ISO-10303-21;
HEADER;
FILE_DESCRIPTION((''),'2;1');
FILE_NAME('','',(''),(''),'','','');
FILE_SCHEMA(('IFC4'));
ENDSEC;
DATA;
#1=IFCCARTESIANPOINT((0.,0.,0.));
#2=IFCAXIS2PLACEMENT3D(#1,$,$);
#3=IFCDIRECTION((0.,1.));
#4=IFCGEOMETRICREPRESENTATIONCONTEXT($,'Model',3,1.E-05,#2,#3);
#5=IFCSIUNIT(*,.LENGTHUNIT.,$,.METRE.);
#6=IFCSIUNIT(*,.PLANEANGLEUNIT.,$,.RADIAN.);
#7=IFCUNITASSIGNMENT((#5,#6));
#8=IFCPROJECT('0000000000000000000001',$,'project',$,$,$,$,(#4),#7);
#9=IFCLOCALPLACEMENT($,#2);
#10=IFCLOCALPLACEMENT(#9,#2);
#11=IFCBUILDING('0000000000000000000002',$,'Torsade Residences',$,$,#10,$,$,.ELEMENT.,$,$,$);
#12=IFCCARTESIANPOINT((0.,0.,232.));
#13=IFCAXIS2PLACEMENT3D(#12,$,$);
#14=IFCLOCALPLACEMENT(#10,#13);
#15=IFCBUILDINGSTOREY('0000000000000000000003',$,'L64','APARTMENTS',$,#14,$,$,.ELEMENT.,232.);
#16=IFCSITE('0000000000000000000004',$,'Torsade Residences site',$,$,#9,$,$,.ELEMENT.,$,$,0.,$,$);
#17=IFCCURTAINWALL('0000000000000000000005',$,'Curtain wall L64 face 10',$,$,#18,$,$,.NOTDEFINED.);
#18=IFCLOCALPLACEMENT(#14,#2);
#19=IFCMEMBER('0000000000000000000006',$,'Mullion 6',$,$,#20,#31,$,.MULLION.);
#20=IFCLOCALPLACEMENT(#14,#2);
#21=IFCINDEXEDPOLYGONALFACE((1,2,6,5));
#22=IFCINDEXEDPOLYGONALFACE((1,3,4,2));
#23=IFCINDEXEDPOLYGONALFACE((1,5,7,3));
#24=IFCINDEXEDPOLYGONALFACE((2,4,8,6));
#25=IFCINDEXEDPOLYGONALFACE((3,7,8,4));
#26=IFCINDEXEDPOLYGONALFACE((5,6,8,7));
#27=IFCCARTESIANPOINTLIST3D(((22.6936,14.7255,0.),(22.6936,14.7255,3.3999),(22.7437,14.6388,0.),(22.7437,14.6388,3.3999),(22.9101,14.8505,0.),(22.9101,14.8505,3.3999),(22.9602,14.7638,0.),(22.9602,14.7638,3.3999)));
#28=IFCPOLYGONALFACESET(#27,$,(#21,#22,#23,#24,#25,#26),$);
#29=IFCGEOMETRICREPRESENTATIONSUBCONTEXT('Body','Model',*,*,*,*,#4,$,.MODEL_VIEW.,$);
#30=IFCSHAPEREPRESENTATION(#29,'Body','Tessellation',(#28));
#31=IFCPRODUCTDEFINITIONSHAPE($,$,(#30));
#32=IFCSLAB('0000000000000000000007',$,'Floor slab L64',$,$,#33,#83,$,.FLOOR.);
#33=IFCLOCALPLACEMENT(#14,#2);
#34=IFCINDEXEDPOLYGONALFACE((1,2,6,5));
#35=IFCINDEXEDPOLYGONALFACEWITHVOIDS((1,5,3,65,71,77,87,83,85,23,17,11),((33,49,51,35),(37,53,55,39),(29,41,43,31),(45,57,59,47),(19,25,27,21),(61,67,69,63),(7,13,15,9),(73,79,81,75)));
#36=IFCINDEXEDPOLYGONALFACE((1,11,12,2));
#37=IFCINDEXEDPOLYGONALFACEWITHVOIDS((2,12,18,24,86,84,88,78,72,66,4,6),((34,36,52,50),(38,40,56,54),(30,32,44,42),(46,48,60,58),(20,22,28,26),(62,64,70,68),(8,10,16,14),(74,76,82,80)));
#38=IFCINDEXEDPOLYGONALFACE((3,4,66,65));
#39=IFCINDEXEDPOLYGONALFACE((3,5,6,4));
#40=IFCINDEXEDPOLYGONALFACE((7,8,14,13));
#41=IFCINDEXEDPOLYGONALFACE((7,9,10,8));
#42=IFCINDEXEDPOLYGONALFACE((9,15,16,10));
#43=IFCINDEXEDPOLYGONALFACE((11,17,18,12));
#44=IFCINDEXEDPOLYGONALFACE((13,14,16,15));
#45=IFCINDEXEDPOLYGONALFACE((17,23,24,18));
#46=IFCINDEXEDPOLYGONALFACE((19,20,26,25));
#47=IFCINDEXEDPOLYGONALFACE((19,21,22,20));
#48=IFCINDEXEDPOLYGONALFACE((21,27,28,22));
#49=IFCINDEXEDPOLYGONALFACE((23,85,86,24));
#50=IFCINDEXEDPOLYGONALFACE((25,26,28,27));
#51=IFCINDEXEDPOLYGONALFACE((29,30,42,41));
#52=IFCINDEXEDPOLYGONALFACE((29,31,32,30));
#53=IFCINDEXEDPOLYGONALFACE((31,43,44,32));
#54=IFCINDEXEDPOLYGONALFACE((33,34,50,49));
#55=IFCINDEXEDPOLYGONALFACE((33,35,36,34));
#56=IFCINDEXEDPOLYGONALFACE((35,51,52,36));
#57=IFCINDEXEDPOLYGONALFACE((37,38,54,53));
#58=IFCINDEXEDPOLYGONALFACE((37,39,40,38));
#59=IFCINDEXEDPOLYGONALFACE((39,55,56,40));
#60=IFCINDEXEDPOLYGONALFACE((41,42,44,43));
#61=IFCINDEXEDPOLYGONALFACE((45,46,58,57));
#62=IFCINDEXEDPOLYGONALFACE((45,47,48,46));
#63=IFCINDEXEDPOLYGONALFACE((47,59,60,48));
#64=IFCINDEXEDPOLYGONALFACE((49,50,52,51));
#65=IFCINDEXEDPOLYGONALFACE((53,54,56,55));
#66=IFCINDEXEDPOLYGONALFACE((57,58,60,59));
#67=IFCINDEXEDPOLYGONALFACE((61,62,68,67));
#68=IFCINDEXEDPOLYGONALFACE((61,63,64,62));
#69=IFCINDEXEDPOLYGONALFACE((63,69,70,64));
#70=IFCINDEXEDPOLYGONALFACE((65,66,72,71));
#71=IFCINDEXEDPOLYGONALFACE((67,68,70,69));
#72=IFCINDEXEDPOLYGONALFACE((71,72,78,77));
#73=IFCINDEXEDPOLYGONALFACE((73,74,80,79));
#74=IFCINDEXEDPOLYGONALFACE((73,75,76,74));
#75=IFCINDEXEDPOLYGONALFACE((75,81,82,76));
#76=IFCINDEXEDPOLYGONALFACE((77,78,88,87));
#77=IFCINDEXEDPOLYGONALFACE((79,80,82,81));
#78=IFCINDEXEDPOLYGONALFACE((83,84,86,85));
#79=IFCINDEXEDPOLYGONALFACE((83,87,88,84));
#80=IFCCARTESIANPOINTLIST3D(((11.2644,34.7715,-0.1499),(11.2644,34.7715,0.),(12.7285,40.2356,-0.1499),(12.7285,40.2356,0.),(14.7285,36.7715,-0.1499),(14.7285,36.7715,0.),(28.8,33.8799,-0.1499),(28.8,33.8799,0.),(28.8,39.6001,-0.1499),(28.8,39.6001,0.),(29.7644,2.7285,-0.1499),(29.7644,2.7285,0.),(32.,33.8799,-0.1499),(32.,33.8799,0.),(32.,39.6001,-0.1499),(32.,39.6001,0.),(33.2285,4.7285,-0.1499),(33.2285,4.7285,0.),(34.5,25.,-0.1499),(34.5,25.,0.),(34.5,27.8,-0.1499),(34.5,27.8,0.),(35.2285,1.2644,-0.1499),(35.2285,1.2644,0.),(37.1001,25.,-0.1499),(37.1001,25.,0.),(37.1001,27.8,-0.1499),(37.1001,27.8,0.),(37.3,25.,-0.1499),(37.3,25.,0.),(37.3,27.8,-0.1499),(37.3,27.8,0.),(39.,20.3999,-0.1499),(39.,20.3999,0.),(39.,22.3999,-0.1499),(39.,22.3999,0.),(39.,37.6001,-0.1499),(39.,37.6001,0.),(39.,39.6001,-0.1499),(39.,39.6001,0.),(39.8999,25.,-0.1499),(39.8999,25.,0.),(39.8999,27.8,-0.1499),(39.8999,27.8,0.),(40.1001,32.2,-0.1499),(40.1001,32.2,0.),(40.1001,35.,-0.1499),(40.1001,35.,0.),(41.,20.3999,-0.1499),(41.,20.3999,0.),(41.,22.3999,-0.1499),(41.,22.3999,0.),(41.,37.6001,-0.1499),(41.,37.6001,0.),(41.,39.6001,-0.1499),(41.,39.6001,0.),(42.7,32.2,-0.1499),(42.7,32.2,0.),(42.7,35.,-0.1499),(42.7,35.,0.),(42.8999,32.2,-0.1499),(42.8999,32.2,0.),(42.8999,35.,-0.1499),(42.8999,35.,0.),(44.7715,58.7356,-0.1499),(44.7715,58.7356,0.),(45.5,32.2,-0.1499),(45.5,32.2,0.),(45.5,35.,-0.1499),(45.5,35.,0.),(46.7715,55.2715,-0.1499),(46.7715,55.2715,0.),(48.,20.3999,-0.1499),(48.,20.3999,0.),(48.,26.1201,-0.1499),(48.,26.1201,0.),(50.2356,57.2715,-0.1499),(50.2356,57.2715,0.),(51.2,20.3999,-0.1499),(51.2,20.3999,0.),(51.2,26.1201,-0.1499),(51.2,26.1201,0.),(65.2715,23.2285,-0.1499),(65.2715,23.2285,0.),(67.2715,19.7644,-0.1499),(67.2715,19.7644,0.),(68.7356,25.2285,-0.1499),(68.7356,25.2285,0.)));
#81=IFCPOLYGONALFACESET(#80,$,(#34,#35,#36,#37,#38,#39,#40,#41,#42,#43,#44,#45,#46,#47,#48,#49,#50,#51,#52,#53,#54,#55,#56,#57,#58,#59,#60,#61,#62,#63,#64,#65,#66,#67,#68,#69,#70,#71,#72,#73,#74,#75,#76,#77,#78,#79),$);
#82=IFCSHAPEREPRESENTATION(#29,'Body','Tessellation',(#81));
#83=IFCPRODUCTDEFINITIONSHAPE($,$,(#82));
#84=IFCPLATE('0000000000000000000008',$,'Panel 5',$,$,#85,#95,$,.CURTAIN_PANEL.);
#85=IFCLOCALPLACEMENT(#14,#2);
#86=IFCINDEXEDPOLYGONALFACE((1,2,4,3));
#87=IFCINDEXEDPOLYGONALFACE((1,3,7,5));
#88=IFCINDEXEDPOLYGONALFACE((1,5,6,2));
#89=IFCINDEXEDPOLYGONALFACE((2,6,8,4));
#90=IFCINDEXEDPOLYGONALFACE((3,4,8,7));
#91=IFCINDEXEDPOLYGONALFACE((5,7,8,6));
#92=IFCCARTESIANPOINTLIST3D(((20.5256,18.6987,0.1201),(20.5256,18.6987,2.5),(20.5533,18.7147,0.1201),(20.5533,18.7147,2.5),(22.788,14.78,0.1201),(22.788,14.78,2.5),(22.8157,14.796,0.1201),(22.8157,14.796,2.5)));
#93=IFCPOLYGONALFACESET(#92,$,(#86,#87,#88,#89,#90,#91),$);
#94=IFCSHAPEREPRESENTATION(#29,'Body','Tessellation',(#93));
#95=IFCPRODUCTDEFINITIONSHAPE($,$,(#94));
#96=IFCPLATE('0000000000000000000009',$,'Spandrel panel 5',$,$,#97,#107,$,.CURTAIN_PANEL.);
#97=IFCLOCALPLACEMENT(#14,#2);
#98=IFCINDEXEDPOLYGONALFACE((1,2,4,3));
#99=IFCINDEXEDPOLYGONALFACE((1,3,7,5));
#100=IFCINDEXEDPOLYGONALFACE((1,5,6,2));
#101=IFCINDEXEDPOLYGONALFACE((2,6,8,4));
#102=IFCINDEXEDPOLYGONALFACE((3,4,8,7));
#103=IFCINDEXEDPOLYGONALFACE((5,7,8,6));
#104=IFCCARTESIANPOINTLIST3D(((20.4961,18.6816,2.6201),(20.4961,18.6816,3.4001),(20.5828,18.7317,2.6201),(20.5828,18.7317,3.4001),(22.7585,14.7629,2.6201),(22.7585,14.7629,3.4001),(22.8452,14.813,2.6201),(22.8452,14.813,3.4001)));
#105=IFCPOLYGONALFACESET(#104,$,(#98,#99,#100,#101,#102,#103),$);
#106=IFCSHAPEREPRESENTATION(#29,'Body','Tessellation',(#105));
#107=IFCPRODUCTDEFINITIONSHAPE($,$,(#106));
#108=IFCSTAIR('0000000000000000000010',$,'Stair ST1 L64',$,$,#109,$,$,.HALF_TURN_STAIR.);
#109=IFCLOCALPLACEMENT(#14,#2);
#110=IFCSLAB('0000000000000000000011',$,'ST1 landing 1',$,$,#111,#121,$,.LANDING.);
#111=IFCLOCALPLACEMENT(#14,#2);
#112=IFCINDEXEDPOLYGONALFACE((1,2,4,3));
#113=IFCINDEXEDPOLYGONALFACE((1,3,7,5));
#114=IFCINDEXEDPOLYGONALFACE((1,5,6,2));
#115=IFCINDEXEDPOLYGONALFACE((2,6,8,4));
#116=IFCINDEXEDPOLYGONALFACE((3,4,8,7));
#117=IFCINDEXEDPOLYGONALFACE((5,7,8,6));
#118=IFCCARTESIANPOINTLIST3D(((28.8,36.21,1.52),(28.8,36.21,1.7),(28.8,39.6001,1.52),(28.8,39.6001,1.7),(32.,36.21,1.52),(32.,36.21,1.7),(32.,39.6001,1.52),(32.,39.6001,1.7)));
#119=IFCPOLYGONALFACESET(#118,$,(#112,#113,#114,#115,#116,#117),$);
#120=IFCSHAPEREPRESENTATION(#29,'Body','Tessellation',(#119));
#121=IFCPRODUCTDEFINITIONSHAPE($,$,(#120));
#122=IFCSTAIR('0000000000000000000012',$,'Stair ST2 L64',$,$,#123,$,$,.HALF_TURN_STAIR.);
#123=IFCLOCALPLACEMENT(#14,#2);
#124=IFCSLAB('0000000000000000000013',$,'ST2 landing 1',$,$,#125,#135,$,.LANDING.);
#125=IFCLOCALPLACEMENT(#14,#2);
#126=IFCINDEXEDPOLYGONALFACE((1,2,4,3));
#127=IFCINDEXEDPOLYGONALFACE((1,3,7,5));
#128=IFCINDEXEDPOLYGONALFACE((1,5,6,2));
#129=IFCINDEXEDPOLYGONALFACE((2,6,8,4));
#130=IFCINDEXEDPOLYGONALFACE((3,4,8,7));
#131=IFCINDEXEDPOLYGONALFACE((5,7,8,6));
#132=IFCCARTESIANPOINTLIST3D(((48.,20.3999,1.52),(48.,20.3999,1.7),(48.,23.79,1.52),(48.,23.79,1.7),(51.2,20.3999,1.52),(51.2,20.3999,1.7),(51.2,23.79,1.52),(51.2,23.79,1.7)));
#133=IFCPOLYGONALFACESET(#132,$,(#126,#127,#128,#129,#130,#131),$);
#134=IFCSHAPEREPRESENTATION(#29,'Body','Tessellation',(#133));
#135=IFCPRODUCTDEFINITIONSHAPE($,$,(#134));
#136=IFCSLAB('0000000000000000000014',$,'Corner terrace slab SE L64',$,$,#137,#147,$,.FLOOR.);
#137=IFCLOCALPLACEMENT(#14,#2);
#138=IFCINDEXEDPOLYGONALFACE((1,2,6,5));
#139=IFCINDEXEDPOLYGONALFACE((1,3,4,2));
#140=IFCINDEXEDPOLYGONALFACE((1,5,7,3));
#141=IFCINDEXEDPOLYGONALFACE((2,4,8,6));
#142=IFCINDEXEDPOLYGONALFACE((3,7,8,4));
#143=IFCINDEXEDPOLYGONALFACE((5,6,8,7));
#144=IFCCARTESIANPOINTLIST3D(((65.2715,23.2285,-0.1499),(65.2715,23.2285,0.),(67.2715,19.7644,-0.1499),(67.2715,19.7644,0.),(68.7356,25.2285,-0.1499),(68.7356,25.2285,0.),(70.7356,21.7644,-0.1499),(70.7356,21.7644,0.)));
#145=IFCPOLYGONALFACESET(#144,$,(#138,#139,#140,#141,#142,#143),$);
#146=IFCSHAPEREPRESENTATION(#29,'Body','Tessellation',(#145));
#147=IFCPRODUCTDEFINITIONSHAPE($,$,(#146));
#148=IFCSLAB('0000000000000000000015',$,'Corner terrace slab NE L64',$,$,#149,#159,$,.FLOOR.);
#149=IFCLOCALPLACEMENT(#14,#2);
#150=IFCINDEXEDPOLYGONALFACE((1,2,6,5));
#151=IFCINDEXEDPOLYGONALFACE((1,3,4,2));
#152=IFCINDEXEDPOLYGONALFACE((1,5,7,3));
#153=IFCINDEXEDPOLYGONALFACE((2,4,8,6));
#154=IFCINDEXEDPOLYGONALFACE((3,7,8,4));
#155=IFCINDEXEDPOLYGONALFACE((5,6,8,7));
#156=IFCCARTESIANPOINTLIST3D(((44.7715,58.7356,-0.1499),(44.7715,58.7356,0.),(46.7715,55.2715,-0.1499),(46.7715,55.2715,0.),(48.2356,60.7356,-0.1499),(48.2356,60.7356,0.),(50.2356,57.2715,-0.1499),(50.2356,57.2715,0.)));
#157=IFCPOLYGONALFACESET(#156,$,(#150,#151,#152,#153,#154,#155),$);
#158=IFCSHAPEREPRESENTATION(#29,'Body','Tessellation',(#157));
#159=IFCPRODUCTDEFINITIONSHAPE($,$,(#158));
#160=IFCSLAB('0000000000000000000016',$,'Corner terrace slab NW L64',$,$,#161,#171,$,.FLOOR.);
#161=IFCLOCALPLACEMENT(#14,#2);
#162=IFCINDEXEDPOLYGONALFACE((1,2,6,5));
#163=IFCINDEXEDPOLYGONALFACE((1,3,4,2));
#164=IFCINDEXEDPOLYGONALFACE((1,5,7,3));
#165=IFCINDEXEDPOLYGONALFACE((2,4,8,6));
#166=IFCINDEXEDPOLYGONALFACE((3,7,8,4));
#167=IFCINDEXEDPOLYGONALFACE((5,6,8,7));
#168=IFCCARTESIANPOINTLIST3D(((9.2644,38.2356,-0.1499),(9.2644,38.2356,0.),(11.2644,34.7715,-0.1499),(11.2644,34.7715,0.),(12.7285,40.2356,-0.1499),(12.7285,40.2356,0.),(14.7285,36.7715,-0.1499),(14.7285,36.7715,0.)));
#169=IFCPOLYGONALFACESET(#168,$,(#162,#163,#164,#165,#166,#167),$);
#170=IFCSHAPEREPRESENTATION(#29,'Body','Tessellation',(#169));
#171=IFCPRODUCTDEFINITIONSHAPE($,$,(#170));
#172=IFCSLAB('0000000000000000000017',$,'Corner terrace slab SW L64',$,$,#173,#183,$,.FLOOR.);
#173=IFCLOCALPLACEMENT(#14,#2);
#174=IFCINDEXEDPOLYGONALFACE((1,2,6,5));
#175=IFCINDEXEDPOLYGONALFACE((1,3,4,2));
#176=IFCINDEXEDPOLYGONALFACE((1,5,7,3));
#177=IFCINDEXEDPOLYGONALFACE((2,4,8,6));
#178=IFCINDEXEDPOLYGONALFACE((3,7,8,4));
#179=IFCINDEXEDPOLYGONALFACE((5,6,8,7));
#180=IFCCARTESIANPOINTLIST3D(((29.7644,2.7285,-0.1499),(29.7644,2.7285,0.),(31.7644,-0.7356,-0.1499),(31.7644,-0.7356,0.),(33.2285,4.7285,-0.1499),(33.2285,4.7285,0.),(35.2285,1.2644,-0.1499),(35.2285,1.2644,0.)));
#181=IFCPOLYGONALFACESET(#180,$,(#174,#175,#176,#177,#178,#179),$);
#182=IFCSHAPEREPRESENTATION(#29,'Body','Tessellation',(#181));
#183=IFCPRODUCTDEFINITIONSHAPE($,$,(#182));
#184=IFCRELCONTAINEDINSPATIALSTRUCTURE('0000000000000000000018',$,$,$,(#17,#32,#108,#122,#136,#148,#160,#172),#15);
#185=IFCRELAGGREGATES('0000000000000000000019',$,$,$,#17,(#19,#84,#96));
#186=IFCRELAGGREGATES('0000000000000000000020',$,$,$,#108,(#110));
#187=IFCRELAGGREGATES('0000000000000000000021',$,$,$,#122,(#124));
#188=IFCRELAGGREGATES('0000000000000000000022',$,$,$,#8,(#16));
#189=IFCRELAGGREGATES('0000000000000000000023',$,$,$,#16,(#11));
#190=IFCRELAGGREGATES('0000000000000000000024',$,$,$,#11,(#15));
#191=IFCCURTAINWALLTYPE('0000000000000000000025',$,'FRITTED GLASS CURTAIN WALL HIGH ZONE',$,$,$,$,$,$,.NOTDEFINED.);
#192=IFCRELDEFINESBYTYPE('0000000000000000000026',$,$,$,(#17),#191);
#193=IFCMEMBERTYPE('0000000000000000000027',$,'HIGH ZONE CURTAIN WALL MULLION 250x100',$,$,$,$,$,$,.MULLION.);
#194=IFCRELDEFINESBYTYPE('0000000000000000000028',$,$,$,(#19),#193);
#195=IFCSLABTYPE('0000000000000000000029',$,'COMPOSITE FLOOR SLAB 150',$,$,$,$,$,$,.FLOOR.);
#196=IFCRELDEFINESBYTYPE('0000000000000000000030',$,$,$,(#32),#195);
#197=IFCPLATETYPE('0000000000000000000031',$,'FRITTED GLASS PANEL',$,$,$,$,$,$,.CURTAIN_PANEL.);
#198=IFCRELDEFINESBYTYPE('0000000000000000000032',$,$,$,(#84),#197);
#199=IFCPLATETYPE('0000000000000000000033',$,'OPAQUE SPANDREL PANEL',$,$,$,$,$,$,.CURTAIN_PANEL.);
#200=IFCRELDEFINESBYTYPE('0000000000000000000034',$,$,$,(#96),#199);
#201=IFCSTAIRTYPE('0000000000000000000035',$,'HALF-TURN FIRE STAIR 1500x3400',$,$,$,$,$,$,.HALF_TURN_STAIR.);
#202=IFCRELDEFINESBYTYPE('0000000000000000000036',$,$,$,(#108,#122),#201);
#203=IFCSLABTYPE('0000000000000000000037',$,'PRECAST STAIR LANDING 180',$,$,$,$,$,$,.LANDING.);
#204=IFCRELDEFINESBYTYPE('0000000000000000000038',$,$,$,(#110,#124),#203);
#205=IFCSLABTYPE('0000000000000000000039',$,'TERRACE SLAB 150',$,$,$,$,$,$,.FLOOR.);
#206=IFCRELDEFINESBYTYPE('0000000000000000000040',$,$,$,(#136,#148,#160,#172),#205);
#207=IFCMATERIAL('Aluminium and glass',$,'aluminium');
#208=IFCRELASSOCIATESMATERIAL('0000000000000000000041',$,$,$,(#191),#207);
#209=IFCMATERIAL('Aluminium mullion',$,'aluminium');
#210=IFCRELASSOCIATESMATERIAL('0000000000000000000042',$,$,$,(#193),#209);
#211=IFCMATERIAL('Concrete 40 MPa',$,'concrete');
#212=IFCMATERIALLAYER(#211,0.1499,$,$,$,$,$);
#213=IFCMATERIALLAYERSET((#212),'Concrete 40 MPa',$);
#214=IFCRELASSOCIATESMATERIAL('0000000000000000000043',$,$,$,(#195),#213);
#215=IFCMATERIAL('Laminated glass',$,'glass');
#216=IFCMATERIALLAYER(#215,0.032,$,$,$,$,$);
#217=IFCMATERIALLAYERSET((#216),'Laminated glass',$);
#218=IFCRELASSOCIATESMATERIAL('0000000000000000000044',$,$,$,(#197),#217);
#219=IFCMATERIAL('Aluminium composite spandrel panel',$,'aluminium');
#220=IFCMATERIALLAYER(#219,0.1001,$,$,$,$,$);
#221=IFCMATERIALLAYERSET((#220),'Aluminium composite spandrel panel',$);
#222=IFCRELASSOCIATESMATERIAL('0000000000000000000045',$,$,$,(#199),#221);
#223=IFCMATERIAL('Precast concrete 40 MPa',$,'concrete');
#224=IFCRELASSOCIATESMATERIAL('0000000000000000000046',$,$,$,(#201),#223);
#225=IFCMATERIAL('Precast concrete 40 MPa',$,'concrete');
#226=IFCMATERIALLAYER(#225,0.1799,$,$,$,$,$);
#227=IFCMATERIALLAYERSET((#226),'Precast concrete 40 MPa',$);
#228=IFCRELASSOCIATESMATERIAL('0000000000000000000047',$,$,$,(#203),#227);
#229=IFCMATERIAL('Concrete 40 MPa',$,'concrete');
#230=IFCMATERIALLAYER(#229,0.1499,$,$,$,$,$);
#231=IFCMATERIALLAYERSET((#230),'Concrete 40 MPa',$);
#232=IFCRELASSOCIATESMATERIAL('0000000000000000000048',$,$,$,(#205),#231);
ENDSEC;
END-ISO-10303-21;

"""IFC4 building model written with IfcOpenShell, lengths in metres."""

from ifc_helpers import new_model, si_unit, direction, frame, origin, origin_2d, place, context, subcontext, project, spatial, polyline, rectangle, outline, extrude, material, layer, layer_set, material_profile, profile_set, type_object, element, aggregate, save


model = new_model("IFC4")

# Units and contexts
model_context = context("Model", 3, precision=1e-05, world=origin(), true_north=direction((0.0, 1.0)))
body_context = subcontext(model_context, "Body", "Model", "MODEL_VIEW")
ifc_project = project(units=[si_unit("LENGTHUNIT", "METRE"), si_unit("PLANEANGLEUNIT", "RADIAN")], contexts=[model_context])

# Site, building, storey
site_placement = place(None, origin())
site = spatial("IfcSite", under=ifc_project, at=site_placement, Name="Torsade Residences site", CompositionType="ELEMENT", RefElevation=0.0)
building_placement = place(site_placement, origin())
building = spatial("IfcBuilding", under=site, at=building_placement, Name="Torsade Residences", CompositionType="ELEMENT")
storey_placement = place(building_placement, frame((0.0, 0.0, 232.0)))
storey = spatial("IfcBuildingStorey", under=building, at=storey_placement, Name="L64", Description="APARTMENTS", CompositionType="ELEMENT", Elevation=232.0)

# Curtain wall, member
ifc_material_1 = material(Name="Aluminium and glass", Category="aluminium")
curtain_wall_type = type_object("IfcCurtainWallType", Name="FRITTED GLASS CURTAIN WALL HIGH ZONE", PredefinedType="NOTDEFINED", material=ifc_material_1)
curtain_wall_placement = place(storey_placement, origin())
curtain_wall = element("IfcCurtainWall", 1, at=curtain_wall_placement, inside=storey, type_object=curtain_wall_type, Name="Curtain wall L64 face 10", PredefinedType="NOTDEFINED")
ifc_material_2 = material(Name="Aluminium mullion", Category="aluminium")
ifc_material_profile = material_profile(ifc_material_2, rectangle(XDim=0.25, YDim=0.1001, at=origin_2d()), Name="HIGH ZONE CURTAIN WALL MULLION 250x100")
ifc_profile_set = profile_set([ifc_material_profile], Name="Aluminium mullion")
member_type = type_object("IfcMemberType", Name="HIGH ZONE CURTAIN WALL MULLION 250x100", PredefinedType="MULLION", material=ifc_profile_set)
member_placement = place(storey_placement, frame((22.8269, 14.7446, 0.0), z_axis=(0.0, 0.0, 1.0), x_axis=(0.866025, 0.5, 0.0)))
member = element("IfcMember", 2, at=member_placement, type_object=member_type, Name="Mullion 6", PredefinedType="MULLION", context=body_context, shape_type="SweptSolid", body=[
    extrude(rectangle(XDim=0.25, YDim=0.1001, at=origin_2d()), origin(), (0.0, 0.0, 1.0), 3.3999),
])

# Slab
ifc_material_3 = material(Name="Concrete 40 MPa", Category="concrete")
ifc_layer_1 = layer(ifc_material_3, 0.1499)
ifc_layer_set_1 = layer_set([ifc_layer_1], Name="Concrete 40 MPa")
slab_type_1 = type_object("IfcSlabType", Name="COMPOSITE FLOOR SLAB 150", PredefinedType="FLOOR", material=ifc_layer_set_1)
slab_1_placement = place(storey_placement, frame((0.0, 0.0, -0.1499)))
element("IfcSlab", 3, at=slab_1_placement, inside=storey, type_object=slab_type_1, Name="Floor slab L64", PredefinedType="FLOOR", context=body_context, shape_type="SweptSolid", body=[
    extrude(outline(polyline([(35.2285, 1.2644), (67.2715, 19.7644), (65.2715, 23.2285), (68.7356, 25.2285), (50.2356, 57.2715), (46.7715, 55.2715), (44.7715, 58.7356), (12.7285, 40.2356), (14.7285, 36.7715), (11.2644, 34.7715), (29.7644, 2.7285), (33.2285, 4.7285), (35.2285, 1.2644)]), holes=[polyline([(51.2, 26.1201), (48.0, 26.1201), (48.0, 20.3999), (51.2, 20.3999), (51.2, 26.1201)]), polyline([(45.5, 35.0), (42.8999, 35.0), (42.8999, 32.2), (45.5, 32.2), (45.5, 35.0)]), polyline([(42.7, 35.0), (40.1001, 35.0), (40.1001, 32.2), (42.7, 32.2), (42.7, 35.0)]), polyline([(41.0, 22.3999), (39.0, 22.3999), (39.0, 20.3999), (41.0, 20.3999), (41.0, 22.3999)]), polyline([(41.0, 39.6001), (39.0, 39.6001), (39.0, 37.6001), (41.0, 37.6001), (41.0, 39.6001)]), polyline([(39.8999, 27.8), (37.3, 27.8), (37.3, 25.0), (39.8999, 25.0), (39.8999, 27.8)]), polyline([(37.1001, 27.8), (34.5, 27.8), (34.5, 25.0), (37.1001, 25.0), (37.1001, 27.8)]), polyline([(32.0, 39.6001), (28.8, 39.6001), (28.8, 33.8799), (32.0, 33.8799), (32.0, 39.6001)])]), origin(), (0.0, 0.0, 1.0), 0.1499),
])

# Plates
ifc_material_4 = material(Name="Laminated glass", Category="glass")
ifc_layer_2 = layer(ifc_material_4, 0.032)
ifc_layer_set_2 = layer_set([ifc_layer_2], Name="Laminated glass")
plate_type_1 = type_object("IfcPlateType", Name="FRITTED GLASS PANEL", PredefinedType="CURTAIN_PANEL", material=ifc_layer_set_2)
plate_1_placement = place(storey_placement, frame((21.6707, 16.7473, 0.1201), z_axis=(0.0, 0.0, 1.0), x_axis=(0.5, -0.866025, 0.0)))
plate_1 = element("IfcPlate", 4, at=plate_1_placement, type_object=plate_type_1, Name="Panel 5", PredefinedType="CURTAIN_PANEL", context=body_context, shape_type="SweptSolid", body=[
    extrude(rectangle(XDim=4.5249, YDim=0.032, at=origin_2d()), origin(), (0.0, 0.0, 1.0), 2.3799),
])
ifc_material_5 = material(Name="Aluminium composite spandrel panel", Category="aluminium")
ifc_layer_3 = layer(ifc_material_5, 0.1001)
ifc_layer_set_3 = layer_set([ifc_layer_3], Name="Aluminium composite spandrel panel")
plate_type_2 = type_object("IfcPlateType", Name="OPAQUE SPANDREL PANEL", PredefinedType="CURTAIN_PANEL", material=ifc_layer_set_3)
plate_2_placement = place(storey_placement, frame((21.6707, 16.7473, 2.6201), z_axis=(0.0, 0.0, 1.0), x_axis=(0.5, -0.866025, 0.0)))
plate_2 = element("IfcPlate", 5, at=plate_2_placement, type_object=plate_type_2, Name="Spandrel panel 5", PredefinedType="CURTAIN_PANEL", context=body_context, shape_type="SweptSolid", body=[
    extrude(rectangle(XDim=4.5249, YDim=0.1001, at=origin_2d()), origin(), (0.0, 0.0, 1.0), 0.78),
])
aggregate(curtain_wall, [member, plate_1, plate_2])

# Stairs, slabs
ifc_material_6 = material(Name="Precast concrete 40 MPa", Category="concrete")
stair_type = type_object("IfcStairType", Name="HALF-TURN FIRE STAIR 1500x3400", PredefinedType="HALF_TURN_STAIR", material=ifc_material_6)
stair_1_placement = place(storey_placement, origin())
stair_1 = element("IfcStair", 6, at=stair_1_placement, inside=storey, type_object=stair_type, Name="Stair ST1 L64", PredefinedType="HALF_TURN_STAIR")
ifc_material_7 = material(Name="Precast concrete 40 MPa", Category="concrete")
ifc_layer_4 = layer(ifc_material_7, 0.1799)
ifc_layer_set_4 = layer_set([ifc_layer_4], Name="Precast concrete 40 MPa")
slab_type_2 = type_object("IfcSlabType", Name="PRECAST STAIR LANDING 180", PredefinedType="LANDING", material=ifc_layer_set_4)
slab_2_placement = place(storey_placement, frame((0.0, 0.0, 1.52)))
slab_2 = element("IfcSlab", 7, at=slab_2_placement, type_object=slab_type_2, Name="ST1 landing 1", PredefinedType="LANDING", context=body_context, shape_type="SweptSolid", body=[
    extrude(outline(polyline([(28.8, 36.21), (32.0, 36.21), (32.0, 39.6001), (28.8, 39.6001), (28.8, 36.21)])), origin(), (0.0, 0.0, 1.0), 0.1799),
])
aggregate(stair_1, [slab_2])
stair_2_placement = place(storey_placement, origin())
stair_2 = element("IfcStair", 8, at=stair_2_placement, inside=storey, type_object=stair_type, Name="Stair ST2 L64", PredefinedType="HALF_TURN_STAIR")
slab_3_placement = place(storey_placement, frame((0.0, 0.0, 1.52)))
slab_3 = element("IfcSlab", 9, at=slab_3_placement, type_object=slab_type_2, Name="ST2 landing 1", PredefinedType="LANDING", context=body_context, shape_type="SweptSolid", body=[
    extrude(outline(polyline([(48.0, 20.3999), (51.2, 20.3999), (51.2, 23.79), (48.0, 23.79), (48.0, 20.3999)])), origin(), (0.0, 0.0, 1.0), 0.1799),
])
aggregate(stair_2, [slab_3])

# Slabs
ifc_material_8 = material(Name="Concrete 40 MPa", Category="concrete")
ifc_layer_5 = layer(ifc_material_8, 0.1499)
ifc_layer_set_5 = layer_set([ifc_layer_5], Name="Concrete 40 MPa")
slab_type_3 = type_object("IfcSlabType", Name="TERRACE SLAB 150", PredefinedType="FLOOR", material=ifc_layer_set_5)
slab_4_placement = place(storey_placement, frame((0.0, 0.0, -0.1499)))
element("IfcSlab", 10, at=slab_4_placement, inside=storey, type_object=slab_type_3, Name="Corner terrace slab SE L64", PredefinedType="FLOOR", context=body_context, shape_type="SweptSolid", body=[
    extrude(outline(polyline([(67.2715, 19.7644), (70.7356, 21.7644), (68.7356, 25.2285), (65.2715, 23.2285), (67.2715, 19.7644)])), origin(), (0.0, 0.0, 1.0), 0.1499),
])
slab_5_placement = place(storey_placement, frame((0.0, 0.0, -0.1499)))
element("IfcSlab", 11, at=slab_5_placement, inside=storey, type_object=slab_type_3, Name="Corner terrace slab NE L64", PredefinedType="FLOOR", context=body_context, shape_type="SweptSolid", body=[
    extrude(outline(polyline([(46.7715, 55.2715), (50.2356, 57.2715), (48.2356, 60.7356), (44.7715, 58.7356), (46.7715, 55.2715)])), origin(), (0.0, 0.0, 1.0), 0.1499),
])
slab_6_placement = place(storey_placement, frame((0.0, 0.0, -0.1499)))
element("IfcSlab", 12, at=slab_6_placement, inside=storey, type_object=slab_type_3, Name="Corner terrace slab NW L64", PredefinedType="FLOOR", context=body_context, shape_type="SweptSolid", body=[
    extrude(outline(polyline([(11.2644, 34.7715), (14.7285, 36.7715), (12.7285, 40.2356), (9.2644, 38.2356), (11.2644, 34.7715)])), origin(), (0.0, 0.0, 1.0), 0.1499),
])
slab_7_placement = place(storey_placement, frame((0.0, 0.0, -0.1499)))
element("IfcSlab", 13, at=slab_7_placement, inside=storey, type_object=slab_type_3, Name="Corner terrace slab SW L64", PredefinedType="FLOOR", context=body_context, shape_type="SweptSolid", body=[
    extrude(outline(polyline([(31.7644, -0.7356), (35.2285, 1.2644), (33.2285, 4.7285), (29.7644, 2.7285), (31.7644, -0.7356)])), origin(), (0.0, 0.0, 1.0), 0.1499),
])

save(model, "model.ifc")
